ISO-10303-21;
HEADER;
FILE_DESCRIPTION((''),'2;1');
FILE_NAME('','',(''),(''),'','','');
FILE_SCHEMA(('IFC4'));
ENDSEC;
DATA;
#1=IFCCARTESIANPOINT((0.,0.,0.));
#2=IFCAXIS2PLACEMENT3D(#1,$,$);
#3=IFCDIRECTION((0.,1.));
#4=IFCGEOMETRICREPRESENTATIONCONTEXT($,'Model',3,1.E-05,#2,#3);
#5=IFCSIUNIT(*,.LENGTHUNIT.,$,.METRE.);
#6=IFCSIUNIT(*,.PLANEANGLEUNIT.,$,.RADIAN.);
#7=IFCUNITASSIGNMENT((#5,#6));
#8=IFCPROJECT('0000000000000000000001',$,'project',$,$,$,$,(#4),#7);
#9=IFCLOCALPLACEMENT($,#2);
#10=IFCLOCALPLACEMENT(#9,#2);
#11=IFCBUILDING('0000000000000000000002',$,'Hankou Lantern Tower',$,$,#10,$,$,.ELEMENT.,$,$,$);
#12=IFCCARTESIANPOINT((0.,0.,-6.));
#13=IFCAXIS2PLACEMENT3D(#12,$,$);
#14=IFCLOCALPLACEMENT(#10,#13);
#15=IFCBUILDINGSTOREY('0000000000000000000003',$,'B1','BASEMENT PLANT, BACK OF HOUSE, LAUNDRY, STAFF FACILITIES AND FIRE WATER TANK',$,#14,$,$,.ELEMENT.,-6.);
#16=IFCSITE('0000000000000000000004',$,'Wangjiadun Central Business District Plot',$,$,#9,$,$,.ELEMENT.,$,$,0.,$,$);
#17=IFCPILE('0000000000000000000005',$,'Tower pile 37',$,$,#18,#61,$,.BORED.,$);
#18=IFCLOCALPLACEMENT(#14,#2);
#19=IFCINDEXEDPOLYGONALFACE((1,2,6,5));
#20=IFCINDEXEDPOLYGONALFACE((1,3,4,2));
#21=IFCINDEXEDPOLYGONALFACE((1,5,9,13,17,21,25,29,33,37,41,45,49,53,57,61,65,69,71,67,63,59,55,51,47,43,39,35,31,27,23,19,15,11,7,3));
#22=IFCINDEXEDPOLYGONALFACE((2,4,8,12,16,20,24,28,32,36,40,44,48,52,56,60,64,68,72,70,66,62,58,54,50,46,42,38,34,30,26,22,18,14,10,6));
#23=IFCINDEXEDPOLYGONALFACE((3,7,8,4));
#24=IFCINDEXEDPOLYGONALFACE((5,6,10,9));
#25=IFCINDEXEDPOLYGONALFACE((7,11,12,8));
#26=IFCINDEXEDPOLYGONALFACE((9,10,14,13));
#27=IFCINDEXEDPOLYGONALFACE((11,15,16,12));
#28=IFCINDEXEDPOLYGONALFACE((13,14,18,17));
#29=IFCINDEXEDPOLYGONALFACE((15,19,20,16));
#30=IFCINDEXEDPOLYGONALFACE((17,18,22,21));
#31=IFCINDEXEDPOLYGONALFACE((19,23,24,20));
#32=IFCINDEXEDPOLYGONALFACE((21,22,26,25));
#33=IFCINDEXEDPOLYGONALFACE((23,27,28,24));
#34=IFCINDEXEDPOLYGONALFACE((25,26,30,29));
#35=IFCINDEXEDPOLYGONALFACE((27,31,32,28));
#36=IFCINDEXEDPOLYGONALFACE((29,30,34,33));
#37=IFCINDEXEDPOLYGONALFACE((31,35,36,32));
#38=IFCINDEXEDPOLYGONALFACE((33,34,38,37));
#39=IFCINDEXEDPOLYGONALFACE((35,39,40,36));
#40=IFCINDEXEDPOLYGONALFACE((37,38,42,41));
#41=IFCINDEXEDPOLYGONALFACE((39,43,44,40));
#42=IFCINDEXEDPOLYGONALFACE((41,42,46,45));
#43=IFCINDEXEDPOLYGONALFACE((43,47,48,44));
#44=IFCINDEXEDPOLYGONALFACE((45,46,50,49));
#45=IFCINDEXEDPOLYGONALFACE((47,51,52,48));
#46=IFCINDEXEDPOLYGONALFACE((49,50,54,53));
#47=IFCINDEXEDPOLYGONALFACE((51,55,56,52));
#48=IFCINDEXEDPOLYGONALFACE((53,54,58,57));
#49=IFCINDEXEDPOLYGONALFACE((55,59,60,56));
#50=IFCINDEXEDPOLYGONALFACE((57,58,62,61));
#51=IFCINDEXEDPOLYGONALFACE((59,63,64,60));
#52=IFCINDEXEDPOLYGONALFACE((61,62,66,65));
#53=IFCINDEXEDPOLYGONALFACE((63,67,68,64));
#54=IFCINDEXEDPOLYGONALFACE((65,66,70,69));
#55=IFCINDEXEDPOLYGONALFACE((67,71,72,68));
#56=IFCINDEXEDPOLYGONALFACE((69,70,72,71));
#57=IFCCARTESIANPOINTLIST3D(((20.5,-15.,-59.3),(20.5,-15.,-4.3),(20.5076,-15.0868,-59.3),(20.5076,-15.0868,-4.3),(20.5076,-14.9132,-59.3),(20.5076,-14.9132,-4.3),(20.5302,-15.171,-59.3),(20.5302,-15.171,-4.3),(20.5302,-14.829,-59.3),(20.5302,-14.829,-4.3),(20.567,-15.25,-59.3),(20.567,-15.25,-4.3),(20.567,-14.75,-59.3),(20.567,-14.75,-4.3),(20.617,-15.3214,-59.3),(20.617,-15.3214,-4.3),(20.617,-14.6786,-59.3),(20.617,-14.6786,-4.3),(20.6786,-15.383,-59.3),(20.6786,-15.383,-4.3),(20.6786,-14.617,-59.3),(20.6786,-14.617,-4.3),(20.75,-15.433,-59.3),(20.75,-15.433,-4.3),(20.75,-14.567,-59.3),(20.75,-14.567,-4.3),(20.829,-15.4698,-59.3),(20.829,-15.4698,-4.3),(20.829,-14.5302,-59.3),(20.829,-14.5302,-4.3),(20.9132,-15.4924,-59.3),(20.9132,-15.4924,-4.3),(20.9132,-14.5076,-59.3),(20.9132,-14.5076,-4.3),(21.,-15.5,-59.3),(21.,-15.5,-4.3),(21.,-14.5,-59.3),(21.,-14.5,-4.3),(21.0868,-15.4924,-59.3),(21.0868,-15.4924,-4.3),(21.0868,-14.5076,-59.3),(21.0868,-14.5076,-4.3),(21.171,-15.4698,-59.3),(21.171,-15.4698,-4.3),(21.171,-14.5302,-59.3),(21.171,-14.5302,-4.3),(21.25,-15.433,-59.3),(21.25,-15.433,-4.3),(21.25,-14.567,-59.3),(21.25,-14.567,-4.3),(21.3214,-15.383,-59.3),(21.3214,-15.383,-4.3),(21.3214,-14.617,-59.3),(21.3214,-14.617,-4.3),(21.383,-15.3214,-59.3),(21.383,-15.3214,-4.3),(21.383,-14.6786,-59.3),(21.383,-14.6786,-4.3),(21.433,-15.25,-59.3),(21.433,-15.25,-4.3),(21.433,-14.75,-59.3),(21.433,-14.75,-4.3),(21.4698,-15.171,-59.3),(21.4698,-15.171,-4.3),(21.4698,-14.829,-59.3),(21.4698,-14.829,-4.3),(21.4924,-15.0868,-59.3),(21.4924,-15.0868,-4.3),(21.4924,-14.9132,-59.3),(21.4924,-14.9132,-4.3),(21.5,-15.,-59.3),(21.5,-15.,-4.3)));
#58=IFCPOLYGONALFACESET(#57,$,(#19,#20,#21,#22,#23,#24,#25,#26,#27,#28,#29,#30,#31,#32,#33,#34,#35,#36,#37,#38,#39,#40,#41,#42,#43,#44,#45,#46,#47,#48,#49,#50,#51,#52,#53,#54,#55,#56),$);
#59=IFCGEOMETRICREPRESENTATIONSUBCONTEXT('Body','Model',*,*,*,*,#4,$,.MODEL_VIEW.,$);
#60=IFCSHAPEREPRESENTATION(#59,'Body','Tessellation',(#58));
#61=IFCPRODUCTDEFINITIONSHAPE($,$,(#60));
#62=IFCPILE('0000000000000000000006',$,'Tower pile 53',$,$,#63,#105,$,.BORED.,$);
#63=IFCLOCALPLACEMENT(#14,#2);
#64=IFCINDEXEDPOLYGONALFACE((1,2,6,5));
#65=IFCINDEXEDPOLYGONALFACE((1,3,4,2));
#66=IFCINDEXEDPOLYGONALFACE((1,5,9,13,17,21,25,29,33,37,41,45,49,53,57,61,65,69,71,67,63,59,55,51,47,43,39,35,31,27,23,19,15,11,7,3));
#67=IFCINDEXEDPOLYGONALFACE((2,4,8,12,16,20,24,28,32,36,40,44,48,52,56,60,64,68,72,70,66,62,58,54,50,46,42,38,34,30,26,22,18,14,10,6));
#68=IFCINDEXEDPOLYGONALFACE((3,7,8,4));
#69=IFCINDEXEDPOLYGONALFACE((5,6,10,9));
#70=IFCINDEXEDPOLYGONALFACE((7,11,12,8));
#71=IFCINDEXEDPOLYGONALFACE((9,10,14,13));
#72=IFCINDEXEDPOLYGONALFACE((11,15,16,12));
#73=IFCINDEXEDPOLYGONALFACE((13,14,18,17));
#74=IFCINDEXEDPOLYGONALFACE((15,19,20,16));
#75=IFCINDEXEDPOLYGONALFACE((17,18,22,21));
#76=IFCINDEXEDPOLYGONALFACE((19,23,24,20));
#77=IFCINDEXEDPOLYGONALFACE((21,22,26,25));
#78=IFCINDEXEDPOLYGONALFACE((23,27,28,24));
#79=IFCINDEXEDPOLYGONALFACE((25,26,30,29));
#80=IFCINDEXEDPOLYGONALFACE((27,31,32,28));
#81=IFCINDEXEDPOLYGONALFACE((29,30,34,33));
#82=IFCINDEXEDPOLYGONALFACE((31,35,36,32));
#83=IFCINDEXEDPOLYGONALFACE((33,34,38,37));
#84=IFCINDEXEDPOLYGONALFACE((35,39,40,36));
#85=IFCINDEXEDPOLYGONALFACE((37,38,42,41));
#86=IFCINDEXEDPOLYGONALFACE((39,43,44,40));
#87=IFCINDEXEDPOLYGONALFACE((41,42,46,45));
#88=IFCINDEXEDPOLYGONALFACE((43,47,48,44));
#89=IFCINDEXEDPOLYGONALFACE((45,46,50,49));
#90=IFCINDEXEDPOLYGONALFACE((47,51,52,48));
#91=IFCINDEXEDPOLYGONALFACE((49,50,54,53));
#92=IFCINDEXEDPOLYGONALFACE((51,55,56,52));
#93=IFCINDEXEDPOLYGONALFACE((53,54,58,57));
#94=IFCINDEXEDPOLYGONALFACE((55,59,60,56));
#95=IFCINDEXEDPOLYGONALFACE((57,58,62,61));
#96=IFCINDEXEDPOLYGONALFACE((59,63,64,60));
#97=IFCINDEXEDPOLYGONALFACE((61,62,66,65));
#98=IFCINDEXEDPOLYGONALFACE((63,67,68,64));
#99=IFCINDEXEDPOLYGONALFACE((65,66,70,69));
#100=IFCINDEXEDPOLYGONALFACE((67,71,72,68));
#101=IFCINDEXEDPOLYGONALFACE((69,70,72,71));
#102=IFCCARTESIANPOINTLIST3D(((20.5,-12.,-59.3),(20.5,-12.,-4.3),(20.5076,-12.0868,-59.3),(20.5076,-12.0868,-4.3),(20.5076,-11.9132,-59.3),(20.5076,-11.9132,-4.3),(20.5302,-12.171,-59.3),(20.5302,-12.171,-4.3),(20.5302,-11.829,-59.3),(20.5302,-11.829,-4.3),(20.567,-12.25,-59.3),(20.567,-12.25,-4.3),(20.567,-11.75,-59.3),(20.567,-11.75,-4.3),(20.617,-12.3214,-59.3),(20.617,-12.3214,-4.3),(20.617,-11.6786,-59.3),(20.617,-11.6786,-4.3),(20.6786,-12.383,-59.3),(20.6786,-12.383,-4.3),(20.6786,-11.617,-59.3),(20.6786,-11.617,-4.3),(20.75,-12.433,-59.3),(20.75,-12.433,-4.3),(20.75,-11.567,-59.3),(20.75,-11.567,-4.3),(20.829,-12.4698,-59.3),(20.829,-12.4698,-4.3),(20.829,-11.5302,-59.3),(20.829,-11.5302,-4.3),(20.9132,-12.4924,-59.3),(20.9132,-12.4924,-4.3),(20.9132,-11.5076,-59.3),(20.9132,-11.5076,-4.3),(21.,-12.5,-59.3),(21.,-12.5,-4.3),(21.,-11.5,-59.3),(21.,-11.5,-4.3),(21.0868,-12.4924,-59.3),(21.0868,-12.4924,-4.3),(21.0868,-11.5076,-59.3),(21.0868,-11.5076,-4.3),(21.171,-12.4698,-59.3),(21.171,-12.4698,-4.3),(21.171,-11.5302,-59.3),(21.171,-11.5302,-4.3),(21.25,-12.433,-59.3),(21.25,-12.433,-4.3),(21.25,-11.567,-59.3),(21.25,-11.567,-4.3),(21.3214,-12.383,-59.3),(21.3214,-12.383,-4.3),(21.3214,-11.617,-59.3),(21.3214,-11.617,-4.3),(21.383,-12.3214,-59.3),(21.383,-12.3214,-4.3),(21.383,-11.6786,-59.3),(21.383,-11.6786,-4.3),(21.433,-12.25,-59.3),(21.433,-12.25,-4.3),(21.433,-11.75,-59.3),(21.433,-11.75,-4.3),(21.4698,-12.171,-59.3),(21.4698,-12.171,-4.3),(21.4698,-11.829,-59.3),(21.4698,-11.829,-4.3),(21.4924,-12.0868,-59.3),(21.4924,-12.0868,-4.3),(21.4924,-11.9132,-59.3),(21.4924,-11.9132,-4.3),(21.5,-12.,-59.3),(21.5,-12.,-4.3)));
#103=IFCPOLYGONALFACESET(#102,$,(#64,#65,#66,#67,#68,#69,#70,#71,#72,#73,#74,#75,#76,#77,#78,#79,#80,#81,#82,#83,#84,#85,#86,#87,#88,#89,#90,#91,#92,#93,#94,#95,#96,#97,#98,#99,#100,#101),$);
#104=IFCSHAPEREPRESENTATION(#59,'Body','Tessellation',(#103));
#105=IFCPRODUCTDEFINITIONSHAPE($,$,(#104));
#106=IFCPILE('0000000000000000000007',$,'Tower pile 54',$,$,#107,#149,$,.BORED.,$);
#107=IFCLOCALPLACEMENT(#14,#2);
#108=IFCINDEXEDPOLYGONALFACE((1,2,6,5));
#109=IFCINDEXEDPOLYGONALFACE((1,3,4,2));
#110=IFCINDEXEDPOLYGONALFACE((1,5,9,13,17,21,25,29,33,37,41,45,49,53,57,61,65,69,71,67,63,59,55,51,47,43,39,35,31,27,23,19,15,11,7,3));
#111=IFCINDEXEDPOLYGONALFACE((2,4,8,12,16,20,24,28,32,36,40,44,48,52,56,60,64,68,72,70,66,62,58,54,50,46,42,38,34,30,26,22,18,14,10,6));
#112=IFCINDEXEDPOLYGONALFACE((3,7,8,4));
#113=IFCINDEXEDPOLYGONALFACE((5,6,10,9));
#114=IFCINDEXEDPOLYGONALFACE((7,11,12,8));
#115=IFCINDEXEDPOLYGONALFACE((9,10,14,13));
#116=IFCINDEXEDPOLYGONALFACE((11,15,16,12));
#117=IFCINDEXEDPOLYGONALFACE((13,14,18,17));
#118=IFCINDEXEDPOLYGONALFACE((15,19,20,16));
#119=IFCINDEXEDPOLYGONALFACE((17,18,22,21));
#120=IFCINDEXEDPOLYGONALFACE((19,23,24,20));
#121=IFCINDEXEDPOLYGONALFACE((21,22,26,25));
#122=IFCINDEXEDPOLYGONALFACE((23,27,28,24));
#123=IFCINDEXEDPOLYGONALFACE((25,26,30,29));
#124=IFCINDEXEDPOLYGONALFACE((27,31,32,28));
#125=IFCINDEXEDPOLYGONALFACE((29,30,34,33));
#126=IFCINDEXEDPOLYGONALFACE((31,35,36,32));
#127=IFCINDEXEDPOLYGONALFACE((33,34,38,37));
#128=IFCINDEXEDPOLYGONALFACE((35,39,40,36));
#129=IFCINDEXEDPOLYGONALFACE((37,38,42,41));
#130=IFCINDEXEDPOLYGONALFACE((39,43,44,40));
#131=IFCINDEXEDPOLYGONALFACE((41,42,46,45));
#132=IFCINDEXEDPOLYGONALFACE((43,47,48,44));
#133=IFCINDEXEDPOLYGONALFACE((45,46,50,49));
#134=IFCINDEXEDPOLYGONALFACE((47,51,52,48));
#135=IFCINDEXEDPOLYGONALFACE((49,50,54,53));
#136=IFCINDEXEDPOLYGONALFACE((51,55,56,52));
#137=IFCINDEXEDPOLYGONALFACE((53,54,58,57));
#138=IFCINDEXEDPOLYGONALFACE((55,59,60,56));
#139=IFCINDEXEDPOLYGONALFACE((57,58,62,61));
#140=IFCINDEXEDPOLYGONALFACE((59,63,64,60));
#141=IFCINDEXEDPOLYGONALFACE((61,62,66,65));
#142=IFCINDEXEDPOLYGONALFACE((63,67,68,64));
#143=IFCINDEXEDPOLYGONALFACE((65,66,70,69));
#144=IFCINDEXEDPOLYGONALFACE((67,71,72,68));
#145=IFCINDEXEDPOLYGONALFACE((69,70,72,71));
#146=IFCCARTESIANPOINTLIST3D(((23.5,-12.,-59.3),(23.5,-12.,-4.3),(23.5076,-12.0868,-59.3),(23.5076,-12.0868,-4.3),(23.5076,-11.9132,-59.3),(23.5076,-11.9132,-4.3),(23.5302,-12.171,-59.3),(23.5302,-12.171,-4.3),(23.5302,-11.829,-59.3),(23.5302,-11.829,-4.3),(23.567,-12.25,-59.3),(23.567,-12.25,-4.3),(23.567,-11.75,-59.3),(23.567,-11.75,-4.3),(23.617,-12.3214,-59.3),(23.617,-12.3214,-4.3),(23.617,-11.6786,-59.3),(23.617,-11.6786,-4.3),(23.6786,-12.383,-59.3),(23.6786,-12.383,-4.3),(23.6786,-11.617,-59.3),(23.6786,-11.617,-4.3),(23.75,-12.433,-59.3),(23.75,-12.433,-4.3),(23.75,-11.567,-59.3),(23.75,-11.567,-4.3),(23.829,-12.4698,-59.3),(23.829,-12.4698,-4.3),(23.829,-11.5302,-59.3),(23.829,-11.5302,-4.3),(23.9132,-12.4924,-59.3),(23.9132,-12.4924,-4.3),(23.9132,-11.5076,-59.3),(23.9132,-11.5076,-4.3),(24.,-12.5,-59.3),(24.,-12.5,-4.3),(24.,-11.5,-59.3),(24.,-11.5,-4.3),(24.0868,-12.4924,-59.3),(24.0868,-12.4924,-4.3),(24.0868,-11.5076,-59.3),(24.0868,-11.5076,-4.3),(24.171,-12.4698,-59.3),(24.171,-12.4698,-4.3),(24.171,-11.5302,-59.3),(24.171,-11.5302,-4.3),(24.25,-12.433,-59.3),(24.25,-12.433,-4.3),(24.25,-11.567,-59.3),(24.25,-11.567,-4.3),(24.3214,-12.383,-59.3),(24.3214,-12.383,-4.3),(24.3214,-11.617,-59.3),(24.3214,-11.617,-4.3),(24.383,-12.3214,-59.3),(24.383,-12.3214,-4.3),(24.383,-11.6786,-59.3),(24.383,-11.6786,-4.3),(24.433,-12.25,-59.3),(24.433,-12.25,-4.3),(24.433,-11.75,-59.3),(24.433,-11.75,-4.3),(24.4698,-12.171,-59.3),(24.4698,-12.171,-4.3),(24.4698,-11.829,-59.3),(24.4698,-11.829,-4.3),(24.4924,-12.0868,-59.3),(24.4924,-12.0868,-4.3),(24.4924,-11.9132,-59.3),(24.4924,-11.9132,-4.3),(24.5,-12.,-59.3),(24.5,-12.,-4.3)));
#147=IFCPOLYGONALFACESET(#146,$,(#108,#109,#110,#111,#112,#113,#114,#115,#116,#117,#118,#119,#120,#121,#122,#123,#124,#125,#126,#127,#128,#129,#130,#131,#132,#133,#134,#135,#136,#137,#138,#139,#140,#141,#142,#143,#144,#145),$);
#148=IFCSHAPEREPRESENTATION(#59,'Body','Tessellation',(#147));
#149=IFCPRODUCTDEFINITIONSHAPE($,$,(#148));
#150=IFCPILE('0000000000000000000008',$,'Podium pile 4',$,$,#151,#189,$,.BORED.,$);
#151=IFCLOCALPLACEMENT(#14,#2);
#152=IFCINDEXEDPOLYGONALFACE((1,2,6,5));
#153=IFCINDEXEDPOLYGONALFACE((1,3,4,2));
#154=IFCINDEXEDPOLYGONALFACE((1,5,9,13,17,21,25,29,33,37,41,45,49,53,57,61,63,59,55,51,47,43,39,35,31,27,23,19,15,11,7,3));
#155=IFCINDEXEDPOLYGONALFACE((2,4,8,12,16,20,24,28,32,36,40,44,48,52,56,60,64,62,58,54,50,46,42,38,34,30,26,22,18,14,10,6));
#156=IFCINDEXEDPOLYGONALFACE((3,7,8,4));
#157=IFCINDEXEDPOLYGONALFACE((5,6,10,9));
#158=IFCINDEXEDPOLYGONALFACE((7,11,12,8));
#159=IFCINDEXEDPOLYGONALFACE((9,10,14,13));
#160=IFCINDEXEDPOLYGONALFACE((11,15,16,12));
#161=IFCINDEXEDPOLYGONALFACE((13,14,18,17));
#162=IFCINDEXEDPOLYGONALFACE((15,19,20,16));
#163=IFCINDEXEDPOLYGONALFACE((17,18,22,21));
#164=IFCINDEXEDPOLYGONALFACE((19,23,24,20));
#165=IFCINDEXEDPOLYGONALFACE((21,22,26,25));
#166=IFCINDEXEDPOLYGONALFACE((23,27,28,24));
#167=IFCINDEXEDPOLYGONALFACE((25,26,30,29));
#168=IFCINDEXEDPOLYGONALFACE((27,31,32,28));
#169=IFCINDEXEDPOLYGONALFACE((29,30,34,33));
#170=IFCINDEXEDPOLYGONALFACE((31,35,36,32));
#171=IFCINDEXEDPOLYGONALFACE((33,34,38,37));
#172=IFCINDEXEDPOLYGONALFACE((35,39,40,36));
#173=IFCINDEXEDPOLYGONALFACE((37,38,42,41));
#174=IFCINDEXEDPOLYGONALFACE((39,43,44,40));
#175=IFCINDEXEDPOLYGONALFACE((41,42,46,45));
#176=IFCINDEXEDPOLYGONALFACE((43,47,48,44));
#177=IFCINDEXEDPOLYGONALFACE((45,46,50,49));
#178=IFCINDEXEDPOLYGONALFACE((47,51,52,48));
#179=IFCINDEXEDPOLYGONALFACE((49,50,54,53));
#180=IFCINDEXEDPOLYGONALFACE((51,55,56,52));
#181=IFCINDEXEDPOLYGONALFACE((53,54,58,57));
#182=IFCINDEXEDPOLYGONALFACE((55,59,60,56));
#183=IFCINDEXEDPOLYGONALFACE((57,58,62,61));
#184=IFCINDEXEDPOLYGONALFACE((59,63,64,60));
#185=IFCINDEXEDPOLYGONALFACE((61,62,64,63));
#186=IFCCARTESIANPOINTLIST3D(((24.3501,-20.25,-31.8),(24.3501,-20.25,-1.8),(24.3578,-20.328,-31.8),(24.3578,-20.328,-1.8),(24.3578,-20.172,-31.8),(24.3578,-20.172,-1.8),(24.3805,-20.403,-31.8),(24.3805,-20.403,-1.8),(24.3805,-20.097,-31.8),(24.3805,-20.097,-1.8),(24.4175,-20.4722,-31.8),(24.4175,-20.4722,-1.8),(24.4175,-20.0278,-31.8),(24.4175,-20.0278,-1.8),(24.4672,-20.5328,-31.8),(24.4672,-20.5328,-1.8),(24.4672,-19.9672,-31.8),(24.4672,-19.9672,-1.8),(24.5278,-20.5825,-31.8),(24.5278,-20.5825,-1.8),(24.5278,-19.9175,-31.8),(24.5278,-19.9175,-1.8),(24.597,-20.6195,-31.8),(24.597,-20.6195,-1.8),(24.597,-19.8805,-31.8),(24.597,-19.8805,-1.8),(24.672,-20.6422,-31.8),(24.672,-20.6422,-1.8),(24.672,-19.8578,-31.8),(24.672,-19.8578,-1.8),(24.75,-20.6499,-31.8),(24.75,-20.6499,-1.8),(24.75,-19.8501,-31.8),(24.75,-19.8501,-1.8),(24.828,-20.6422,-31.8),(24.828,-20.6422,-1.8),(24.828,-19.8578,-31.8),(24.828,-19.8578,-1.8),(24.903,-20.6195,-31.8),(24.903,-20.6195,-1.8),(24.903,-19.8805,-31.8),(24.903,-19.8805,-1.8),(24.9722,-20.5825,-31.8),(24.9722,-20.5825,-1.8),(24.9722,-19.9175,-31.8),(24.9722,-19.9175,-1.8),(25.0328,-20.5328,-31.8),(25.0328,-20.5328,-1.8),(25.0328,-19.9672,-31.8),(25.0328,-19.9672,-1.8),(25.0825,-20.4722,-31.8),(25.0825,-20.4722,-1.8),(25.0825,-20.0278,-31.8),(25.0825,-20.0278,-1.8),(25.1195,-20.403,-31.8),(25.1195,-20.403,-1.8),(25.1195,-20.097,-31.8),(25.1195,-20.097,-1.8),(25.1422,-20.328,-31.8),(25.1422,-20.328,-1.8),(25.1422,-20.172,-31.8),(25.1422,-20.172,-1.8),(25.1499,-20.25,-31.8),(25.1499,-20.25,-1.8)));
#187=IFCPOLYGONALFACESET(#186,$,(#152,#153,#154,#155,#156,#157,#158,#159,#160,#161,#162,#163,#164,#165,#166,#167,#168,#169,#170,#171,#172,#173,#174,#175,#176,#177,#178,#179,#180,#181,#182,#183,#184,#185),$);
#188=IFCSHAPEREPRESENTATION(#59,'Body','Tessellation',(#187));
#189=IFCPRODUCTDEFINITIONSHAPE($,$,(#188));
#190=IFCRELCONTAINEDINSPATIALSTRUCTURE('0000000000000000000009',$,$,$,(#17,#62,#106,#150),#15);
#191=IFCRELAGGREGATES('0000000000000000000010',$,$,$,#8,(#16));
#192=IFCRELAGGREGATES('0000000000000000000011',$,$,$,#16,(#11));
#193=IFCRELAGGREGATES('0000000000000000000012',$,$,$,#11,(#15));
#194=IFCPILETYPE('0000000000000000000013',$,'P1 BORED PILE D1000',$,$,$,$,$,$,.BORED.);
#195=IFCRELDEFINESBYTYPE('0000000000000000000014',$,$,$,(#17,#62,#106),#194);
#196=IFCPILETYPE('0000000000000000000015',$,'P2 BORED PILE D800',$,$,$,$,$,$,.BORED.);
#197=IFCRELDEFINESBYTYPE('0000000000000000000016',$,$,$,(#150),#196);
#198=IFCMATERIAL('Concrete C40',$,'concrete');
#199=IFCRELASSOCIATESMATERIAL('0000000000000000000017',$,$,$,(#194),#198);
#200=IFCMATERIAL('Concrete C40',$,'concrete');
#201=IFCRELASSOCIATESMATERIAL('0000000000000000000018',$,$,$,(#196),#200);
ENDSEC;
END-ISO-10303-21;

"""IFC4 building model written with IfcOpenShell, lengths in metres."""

from ifc_helpers import new_model, si_unit, direction, frame, origin, origin_2d, place, context, subcontext, project, spatial, circle, extrude, material, material_profile, profile_set, type_object, element, save


model = new_model("IFC4")

# Units and contexts
model_context = context("Model", 3, precision=1e-05, world=origin(), true_north=direction((0.0, 1.0)))
body_context = subcontext(model_context, "Body", "Model", "MODEL_VIEW")
ifc_project = project(units=[si_unit("LENGTHUNIT", "METRE"), si_unit("PLANEANGLEUNIT", "RADIAN")], contexts=[model_context])

# Site, building, storey
site_placement = place(None, origin())
site = spatial("IfcSite", under=ifc_project, at=site_placement, Name="Wangjiadun Central Business District Plot", CompositionType="ELEMENT", RefElevation=0.0)
building_placement = place(site_placement, origin())
building = spatial("IfcBuilding", under=site, at=building_placement, Name="Hankou Lantern Tower", CompositionType="ELEMENT")
storey_placement = place(building_placement, frame((0.0, 0.0, -6.0)))
storey = spatial("IfcBuildingStorey", under=building, at=storey_placement, Name="B1", Description="BASEMENT PLANT, BACK OF HOUSE, LAUNDRY, STAFF FACILITIES AND FIRE WATER TANK", CompositionType="ELEMENT", Elevation=-6.0)

# Piles
ifc_material_1 = material(Name="Concrete C40", Category="concrete")
ifc_material_profile_1 = material_profile(ifc_material_1, circle(Radius=0.5, at=origin_2d()), Name="RC D1000")
ifc_profile_set_1 = profile_set([ifc_material_profile_1], Name="Concrete C40")
pile_type_1 = type_object("IfcPileType", Name="P1 BORED PILE D1000", PredefinedType="BORED", material=ifc_profile_set_1)
for number, where, z_axis, x_axis, name in (
    (1, (21.0, -15.0, -4.3), (0.0, 0.0, -1.0), (1.0, 0.0, 0.0), "Tower pile 37"),
    (2, (21.0, -12.0, -4.3), (0.0, 0.0, -1.0), (1.0, 0.0, 0.0), "Tower pile 53"),
    (3, (24.0, -12.0, -4.3), (0.0, 0.0, -1.0), (1.0, 0.0, 0.0), "Tower pile 54"),
):
    element("IfcPile", number, at=place(storey_placement, frame(where, z_axis=z_axis, x_axis=x_axis)), inside=storey, type_object=pile_type_1, Name=name, PredefinedType="BORED", context=body_context, shape_type="SweptSolid", body=[
        extrude(circle(Radius=0.5, at=origin_2d()), origin(), (0.0, 0.0, 1.0), 55.0),
    ])
ifc_material_2 = material(Name="Concrete C40", Category="concrete")
ifc_material_profile_2 = material_profile(ifc_material_2, circle(Radius=0.3999, at=origin_2d()), Name="RC D800")
ifc_profile_set_2 = profile_set([ifc_material_profile_2], Name="Concrete C40")
pile_type_2 = type_object("IfcPileType", Name="P2 BORED PILE D800", PredefinedType="BORED", material=ifc_profile_set_2)
for number, where, z_axis, x_axis, name in (
    (4, (24.75, -20.25, -1.8), (0.0, 0.0, -1.0), (1.0, 0.0, 0.0), "Podium pile 4"),
):
    element("IfcPile", number, at=place(storey_placement, frame(where, z_axis=z_axis, x_axis=x_axis)), inside=storey, type_object=pile_type_2, Name=name, PredefinedType="BORED", context=body_context, shape_type="SweptSolid", body=[
        extrude(circle(Radius=0.3999, at=origin_2d()), origin(), (0.0, 0.0, 1.0), 30.0),
    ])

save(model, "model.ifc")
